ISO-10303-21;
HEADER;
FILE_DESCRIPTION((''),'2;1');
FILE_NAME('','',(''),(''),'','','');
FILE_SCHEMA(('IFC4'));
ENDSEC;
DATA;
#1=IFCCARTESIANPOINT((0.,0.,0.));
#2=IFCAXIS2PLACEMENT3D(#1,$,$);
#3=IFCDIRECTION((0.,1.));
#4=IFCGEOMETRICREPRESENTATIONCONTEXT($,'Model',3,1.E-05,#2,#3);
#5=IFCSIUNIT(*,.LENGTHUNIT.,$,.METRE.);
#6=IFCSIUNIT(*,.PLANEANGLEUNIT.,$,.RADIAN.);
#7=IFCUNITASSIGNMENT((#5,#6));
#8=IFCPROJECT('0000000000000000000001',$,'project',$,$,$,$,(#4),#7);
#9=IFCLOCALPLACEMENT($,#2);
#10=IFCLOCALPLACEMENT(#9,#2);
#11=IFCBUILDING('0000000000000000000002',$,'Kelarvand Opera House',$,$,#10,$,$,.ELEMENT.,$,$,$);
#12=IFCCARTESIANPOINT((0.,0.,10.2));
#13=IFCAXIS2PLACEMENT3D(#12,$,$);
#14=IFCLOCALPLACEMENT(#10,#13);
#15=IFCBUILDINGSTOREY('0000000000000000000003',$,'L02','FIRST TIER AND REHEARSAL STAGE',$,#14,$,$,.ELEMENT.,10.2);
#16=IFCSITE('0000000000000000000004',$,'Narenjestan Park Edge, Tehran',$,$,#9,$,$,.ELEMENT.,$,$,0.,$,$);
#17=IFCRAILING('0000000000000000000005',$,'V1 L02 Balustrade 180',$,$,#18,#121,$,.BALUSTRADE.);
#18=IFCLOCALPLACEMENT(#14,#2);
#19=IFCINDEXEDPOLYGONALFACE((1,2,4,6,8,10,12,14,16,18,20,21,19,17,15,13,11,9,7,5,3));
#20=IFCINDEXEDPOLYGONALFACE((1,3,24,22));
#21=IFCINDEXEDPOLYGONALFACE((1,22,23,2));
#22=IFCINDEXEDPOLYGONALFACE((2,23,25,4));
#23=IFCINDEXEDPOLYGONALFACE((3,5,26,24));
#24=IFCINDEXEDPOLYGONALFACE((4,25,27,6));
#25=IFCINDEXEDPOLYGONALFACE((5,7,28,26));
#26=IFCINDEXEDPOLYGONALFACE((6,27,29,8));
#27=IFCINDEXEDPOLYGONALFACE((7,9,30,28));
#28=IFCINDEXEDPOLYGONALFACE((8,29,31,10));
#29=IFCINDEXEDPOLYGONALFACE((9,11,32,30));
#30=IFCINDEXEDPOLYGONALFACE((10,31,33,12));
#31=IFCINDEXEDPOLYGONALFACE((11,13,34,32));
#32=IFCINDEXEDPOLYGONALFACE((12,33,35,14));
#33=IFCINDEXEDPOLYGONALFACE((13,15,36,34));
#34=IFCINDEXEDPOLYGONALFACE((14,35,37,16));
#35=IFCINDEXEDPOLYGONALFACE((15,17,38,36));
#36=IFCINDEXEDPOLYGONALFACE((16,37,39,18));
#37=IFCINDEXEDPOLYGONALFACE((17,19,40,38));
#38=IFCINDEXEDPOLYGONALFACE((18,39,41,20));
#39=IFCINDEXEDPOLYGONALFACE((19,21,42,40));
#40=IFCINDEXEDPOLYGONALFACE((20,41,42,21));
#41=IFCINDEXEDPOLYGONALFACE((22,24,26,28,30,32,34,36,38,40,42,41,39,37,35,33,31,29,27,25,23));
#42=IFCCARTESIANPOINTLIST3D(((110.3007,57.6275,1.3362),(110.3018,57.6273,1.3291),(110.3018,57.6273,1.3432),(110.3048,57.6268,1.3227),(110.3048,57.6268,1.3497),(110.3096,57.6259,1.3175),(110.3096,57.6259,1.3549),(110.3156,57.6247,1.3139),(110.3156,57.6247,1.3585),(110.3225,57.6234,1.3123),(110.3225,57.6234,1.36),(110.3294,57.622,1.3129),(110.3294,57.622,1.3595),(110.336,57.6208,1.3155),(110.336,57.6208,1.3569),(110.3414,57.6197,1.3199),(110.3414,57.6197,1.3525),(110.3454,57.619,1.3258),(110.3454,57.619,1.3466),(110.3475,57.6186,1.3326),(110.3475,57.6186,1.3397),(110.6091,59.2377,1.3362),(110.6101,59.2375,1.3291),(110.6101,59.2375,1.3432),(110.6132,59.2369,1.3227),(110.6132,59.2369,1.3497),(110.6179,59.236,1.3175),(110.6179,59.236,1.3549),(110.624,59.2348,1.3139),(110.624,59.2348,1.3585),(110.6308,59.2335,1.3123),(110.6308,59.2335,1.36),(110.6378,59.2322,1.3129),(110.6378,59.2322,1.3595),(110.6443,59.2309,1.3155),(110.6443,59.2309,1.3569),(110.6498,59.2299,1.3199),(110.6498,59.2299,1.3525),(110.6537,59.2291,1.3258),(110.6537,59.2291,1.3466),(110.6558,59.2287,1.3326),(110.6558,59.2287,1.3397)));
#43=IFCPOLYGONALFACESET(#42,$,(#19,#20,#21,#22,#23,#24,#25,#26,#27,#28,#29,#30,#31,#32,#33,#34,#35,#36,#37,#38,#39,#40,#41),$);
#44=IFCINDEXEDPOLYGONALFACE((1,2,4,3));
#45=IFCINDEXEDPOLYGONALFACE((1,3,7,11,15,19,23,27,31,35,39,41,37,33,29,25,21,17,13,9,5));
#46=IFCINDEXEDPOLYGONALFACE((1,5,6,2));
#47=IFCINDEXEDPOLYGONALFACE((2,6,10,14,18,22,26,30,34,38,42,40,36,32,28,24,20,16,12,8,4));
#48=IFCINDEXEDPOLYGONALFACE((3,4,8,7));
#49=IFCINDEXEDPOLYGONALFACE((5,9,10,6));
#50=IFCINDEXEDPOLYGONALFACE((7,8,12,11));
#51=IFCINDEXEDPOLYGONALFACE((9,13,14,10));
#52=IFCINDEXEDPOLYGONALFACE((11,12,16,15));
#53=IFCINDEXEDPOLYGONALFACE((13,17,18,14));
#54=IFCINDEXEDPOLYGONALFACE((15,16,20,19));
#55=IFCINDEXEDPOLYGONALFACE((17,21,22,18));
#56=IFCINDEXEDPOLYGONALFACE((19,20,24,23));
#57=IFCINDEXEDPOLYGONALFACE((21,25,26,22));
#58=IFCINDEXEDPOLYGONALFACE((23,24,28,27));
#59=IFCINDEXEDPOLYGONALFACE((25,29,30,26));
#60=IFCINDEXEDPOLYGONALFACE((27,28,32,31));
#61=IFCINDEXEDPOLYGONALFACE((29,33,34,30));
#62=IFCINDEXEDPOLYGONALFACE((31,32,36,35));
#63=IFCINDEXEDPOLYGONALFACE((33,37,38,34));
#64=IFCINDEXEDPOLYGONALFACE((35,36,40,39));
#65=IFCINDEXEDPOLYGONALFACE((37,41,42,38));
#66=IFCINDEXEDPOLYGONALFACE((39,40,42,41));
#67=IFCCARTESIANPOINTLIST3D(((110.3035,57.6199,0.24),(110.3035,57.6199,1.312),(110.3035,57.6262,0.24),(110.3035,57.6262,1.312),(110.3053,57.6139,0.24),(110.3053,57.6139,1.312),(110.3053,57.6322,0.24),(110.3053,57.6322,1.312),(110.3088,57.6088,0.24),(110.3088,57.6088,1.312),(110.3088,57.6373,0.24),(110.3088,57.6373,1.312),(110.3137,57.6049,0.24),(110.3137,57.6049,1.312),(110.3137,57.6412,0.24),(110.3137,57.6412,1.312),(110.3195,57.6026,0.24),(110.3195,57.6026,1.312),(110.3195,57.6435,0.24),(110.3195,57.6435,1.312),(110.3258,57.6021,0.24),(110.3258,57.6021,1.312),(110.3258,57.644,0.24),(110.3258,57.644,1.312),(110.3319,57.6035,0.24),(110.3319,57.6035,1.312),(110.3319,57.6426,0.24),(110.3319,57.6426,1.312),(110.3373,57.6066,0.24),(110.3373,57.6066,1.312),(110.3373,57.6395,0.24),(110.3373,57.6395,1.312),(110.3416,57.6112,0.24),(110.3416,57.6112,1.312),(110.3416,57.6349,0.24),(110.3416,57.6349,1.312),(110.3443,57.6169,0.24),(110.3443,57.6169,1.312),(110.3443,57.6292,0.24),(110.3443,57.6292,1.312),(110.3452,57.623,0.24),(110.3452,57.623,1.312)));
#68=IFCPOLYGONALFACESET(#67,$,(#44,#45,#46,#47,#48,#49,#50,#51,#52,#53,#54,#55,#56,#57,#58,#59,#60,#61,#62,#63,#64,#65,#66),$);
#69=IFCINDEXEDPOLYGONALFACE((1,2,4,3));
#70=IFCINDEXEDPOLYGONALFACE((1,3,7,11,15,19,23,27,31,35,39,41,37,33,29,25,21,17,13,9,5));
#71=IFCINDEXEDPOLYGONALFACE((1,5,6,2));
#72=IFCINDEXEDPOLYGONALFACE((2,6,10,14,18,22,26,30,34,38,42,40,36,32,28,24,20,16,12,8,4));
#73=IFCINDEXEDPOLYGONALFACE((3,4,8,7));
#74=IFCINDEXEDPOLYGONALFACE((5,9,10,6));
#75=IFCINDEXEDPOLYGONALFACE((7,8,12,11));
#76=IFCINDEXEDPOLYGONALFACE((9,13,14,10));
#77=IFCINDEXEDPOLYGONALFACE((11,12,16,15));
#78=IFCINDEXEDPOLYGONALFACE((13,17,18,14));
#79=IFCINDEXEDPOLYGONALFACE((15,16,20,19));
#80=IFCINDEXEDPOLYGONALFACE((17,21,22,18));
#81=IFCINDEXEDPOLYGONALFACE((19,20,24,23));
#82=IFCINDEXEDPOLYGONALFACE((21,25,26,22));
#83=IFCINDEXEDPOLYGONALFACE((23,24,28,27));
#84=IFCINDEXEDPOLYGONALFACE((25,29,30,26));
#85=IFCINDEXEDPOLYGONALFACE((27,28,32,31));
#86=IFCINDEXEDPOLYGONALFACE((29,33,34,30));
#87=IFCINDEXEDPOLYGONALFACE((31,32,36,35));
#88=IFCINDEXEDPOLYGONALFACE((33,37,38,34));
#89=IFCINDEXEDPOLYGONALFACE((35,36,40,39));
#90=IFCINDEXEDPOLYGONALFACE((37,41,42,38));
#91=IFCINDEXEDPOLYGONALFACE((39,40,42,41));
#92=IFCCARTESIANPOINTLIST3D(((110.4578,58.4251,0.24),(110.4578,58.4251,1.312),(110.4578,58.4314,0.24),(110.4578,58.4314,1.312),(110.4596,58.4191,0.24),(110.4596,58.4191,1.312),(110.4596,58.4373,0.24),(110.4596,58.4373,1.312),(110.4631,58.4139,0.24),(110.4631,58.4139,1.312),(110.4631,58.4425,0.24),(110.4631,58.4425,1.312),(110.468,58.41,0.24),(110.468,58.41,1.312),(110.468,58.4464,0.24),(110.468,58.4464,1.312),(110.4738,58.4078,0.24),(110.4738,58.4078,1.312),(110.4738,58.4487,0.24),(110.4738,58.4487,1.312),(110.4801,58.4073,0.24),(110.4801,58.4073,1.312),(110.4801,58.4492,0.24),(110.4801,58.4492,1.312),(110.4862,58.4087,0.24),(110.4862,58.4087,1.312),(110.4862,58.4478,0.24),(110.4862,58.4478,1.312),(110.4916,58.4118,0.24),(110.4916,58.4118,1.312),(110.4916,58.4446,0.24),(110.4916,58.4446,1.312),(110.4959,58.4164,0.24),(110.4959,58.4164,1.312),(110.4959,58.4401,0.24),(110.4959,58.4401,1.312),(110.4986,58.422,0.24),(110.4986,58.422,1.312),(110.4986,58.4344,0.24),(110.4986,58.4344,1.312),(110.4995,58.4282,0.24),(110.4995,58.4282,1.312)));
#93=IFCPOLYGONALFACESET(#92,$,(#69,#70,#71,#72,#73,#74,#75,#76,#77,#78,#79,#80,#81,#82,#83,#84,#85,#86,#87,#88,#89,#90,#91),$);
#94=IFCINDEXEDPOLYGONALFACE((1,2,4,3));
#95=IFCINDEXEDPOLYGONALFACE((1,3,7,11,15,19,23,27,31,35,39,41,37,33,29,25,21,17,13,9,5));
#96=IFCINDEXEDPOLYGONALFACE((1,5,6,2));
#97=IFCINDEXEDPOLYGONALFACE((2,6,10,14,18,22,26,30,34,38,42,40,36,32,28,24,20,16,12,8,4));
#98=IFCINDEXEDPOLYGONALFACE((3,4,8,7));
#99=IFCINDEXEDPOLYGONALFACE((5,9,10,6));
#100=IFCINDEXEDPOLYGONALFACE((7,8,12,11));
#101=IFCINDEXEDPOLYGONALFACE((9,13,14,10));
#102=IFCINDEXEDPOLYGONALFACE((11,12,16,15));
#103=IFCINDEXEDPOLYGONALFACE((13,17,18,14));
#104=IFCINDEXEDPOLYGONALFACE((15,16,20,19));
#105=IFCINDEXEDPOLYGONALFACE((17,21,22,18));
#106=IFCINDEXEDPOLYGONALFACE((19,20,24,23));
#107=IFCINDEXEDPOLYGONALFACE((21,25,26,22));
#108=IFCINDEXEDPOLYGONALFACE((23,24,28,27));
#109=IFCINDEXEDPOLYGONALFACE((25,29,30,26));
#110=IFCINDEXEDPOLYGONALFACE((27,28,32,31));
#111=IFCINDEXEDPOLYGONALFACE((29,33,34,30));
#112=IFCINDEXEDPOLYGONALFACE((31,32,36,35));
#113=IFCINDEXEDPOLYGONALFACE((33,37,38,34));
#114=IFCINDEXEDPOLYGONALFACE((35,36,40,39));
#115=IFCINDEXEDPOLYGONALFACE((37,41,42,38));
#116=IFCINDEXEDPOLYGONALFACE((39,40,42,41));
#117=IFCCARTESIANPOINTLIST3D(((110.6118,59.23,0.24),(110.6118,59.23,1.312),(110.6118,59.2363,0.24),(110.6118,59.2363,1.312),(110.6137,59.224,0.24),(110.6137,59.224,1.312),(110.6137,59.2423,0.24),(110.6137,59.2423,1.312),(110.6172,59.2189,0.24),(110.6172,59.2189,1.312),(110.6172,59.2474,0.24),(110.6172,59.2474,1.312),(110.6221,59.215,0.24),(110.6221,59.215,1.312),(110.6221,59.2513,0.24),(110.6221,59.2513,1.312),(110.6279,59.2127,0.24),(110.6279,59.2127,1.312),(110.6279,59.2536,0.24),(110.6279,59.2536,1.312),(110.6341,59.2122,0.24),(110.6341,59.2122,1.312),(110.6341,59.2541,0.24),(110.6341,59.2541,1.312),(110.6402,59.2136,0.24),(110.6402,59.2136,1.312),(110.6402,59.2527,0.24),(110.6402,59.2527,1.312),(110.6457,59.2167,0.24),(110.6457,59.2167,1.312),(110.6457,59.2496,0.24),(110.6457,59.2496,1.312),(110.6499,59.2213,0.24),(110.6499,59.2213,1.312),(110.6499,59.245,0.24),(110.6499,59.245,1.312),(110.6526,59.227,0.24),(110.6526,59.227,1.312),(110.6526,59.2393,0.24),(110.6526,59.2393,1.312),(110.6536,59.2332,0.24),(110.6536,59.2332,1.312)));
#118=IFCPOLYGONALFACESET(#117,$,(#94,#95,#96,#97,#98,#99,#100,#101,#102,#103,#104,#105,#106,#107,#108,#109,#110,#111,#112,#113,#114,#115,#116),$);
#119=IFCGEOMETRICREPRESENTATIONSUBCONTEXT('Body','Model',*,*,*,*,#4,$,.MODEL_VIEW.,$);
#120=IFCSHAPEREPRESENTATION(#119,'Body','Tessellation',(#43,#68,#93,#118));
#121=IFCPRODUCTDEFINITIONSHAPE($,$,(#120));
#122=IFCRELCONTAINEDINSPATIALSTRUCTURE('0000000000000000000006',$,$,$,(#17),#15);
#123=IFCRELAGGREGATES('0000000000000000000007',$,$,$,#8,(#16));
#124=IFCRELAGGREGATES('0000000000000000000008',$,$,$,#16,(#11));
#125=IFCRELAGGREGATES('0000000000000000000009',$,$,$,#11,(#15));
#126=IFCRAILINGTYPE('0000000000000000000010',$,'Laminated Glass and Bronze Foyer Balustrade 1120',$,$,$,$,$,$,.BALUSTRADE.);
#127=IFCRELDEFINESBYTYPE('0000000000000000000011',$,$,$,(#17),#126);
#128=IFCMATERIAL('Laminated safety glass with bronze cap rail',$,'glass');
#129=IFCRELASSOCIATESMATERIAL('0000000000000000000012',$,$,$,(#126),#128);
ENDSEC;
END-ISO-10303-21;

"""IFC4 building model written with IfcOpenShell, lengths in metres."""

from ifc_helpers import new_model, si_unit, direction, frame, origin, origin_2d, place, context, subcontext, project, spatial, circle, extrude, material, type_object, element, save


model = new_model("IFC4")

# Units and contexts
model_context = context("Model", 3, precision=1e-05, world=origin(), true_north=direction((0.0, 1.0)))
body_context = subcontext(model_context, "Body", "Model", "MODEL_VIEW")
ifc_project = project(units=[si_unit("LENGTHUNIT", "METRE"), si_unit("PLANEANGLEUNIT", "RADIAN")], contexts=[model_context])

# Site, building, storey
site_placement = place(None, origin())
site = spatial("IfcSite", under=ifc_project, at=site_placement, Name="Narenjestan Park Edge, Tehran", CompositionType="ELEMENT", RefElevation=0.0)
building_placement = place(site_placement, origin())
building = spatial("IfcBuilding", under=site, at=building_placement, Name="Kelarvand Opera House", CompositionType="ELEMENT")
storey_placement = place(building_placement, frame((0.0, 0.0, 10.2)))
storey = spatial("IfcBuildingStorey", under=building, at=storey_placement, Name="L02", Description="FIRST TIER AND REHEARSAL STAGE", CompositionType="ELEMENT", Elevation=10.2)

# Railing
ifc_material_1 = material(Name="Laminated safety glass with bronze cap rail", Category="glass")
railing_type = type_object("IfcRailingType", Name="Laminated Glass and Bronze Foyer Balustrade 1120", PredefinedType="BALUSTRADE", material=ifc_material_1)
railing_1_placement = place(storey_placement, frame((110.3242, 57.623, 0.24)))
element("IfcRailing", 1, at=railing_1_placement, inside=storey, type_object=railing_type, Name="V1 L02 Balustrade 180", PredefinedType="BALUSTRADE", context=body_context, shape_type="SweptSolid", body=[
    extrude(circle(Radius=0.0239, at=origin_2d()), frame((0.0, 0.0, 1.0962), z_axis=(0.188091, 0.982152, 0.0), x_axis=(-0.982152, 0.188091, 0.0)), (0.0, 0.0, 1.0), 1.6394),
    extrude(circle(Radius=0.021, at=origin_2d()), origin(), (0.0, 0.0, 1.0), 1.072),
    extrude(circle(Radius=0.021, at=origin_2d()), frame((0.1543, 0.8052, 0.0)), (0.0, 0.0, 1.0), 1.072),
    extrude(circle(Radius=0.021, at=origin_2d()), frame((0.3083, 1.6101, 0.0)), (0.0, 0.0, 1.0), 1.072),
])

save(model, "model.ifc")
